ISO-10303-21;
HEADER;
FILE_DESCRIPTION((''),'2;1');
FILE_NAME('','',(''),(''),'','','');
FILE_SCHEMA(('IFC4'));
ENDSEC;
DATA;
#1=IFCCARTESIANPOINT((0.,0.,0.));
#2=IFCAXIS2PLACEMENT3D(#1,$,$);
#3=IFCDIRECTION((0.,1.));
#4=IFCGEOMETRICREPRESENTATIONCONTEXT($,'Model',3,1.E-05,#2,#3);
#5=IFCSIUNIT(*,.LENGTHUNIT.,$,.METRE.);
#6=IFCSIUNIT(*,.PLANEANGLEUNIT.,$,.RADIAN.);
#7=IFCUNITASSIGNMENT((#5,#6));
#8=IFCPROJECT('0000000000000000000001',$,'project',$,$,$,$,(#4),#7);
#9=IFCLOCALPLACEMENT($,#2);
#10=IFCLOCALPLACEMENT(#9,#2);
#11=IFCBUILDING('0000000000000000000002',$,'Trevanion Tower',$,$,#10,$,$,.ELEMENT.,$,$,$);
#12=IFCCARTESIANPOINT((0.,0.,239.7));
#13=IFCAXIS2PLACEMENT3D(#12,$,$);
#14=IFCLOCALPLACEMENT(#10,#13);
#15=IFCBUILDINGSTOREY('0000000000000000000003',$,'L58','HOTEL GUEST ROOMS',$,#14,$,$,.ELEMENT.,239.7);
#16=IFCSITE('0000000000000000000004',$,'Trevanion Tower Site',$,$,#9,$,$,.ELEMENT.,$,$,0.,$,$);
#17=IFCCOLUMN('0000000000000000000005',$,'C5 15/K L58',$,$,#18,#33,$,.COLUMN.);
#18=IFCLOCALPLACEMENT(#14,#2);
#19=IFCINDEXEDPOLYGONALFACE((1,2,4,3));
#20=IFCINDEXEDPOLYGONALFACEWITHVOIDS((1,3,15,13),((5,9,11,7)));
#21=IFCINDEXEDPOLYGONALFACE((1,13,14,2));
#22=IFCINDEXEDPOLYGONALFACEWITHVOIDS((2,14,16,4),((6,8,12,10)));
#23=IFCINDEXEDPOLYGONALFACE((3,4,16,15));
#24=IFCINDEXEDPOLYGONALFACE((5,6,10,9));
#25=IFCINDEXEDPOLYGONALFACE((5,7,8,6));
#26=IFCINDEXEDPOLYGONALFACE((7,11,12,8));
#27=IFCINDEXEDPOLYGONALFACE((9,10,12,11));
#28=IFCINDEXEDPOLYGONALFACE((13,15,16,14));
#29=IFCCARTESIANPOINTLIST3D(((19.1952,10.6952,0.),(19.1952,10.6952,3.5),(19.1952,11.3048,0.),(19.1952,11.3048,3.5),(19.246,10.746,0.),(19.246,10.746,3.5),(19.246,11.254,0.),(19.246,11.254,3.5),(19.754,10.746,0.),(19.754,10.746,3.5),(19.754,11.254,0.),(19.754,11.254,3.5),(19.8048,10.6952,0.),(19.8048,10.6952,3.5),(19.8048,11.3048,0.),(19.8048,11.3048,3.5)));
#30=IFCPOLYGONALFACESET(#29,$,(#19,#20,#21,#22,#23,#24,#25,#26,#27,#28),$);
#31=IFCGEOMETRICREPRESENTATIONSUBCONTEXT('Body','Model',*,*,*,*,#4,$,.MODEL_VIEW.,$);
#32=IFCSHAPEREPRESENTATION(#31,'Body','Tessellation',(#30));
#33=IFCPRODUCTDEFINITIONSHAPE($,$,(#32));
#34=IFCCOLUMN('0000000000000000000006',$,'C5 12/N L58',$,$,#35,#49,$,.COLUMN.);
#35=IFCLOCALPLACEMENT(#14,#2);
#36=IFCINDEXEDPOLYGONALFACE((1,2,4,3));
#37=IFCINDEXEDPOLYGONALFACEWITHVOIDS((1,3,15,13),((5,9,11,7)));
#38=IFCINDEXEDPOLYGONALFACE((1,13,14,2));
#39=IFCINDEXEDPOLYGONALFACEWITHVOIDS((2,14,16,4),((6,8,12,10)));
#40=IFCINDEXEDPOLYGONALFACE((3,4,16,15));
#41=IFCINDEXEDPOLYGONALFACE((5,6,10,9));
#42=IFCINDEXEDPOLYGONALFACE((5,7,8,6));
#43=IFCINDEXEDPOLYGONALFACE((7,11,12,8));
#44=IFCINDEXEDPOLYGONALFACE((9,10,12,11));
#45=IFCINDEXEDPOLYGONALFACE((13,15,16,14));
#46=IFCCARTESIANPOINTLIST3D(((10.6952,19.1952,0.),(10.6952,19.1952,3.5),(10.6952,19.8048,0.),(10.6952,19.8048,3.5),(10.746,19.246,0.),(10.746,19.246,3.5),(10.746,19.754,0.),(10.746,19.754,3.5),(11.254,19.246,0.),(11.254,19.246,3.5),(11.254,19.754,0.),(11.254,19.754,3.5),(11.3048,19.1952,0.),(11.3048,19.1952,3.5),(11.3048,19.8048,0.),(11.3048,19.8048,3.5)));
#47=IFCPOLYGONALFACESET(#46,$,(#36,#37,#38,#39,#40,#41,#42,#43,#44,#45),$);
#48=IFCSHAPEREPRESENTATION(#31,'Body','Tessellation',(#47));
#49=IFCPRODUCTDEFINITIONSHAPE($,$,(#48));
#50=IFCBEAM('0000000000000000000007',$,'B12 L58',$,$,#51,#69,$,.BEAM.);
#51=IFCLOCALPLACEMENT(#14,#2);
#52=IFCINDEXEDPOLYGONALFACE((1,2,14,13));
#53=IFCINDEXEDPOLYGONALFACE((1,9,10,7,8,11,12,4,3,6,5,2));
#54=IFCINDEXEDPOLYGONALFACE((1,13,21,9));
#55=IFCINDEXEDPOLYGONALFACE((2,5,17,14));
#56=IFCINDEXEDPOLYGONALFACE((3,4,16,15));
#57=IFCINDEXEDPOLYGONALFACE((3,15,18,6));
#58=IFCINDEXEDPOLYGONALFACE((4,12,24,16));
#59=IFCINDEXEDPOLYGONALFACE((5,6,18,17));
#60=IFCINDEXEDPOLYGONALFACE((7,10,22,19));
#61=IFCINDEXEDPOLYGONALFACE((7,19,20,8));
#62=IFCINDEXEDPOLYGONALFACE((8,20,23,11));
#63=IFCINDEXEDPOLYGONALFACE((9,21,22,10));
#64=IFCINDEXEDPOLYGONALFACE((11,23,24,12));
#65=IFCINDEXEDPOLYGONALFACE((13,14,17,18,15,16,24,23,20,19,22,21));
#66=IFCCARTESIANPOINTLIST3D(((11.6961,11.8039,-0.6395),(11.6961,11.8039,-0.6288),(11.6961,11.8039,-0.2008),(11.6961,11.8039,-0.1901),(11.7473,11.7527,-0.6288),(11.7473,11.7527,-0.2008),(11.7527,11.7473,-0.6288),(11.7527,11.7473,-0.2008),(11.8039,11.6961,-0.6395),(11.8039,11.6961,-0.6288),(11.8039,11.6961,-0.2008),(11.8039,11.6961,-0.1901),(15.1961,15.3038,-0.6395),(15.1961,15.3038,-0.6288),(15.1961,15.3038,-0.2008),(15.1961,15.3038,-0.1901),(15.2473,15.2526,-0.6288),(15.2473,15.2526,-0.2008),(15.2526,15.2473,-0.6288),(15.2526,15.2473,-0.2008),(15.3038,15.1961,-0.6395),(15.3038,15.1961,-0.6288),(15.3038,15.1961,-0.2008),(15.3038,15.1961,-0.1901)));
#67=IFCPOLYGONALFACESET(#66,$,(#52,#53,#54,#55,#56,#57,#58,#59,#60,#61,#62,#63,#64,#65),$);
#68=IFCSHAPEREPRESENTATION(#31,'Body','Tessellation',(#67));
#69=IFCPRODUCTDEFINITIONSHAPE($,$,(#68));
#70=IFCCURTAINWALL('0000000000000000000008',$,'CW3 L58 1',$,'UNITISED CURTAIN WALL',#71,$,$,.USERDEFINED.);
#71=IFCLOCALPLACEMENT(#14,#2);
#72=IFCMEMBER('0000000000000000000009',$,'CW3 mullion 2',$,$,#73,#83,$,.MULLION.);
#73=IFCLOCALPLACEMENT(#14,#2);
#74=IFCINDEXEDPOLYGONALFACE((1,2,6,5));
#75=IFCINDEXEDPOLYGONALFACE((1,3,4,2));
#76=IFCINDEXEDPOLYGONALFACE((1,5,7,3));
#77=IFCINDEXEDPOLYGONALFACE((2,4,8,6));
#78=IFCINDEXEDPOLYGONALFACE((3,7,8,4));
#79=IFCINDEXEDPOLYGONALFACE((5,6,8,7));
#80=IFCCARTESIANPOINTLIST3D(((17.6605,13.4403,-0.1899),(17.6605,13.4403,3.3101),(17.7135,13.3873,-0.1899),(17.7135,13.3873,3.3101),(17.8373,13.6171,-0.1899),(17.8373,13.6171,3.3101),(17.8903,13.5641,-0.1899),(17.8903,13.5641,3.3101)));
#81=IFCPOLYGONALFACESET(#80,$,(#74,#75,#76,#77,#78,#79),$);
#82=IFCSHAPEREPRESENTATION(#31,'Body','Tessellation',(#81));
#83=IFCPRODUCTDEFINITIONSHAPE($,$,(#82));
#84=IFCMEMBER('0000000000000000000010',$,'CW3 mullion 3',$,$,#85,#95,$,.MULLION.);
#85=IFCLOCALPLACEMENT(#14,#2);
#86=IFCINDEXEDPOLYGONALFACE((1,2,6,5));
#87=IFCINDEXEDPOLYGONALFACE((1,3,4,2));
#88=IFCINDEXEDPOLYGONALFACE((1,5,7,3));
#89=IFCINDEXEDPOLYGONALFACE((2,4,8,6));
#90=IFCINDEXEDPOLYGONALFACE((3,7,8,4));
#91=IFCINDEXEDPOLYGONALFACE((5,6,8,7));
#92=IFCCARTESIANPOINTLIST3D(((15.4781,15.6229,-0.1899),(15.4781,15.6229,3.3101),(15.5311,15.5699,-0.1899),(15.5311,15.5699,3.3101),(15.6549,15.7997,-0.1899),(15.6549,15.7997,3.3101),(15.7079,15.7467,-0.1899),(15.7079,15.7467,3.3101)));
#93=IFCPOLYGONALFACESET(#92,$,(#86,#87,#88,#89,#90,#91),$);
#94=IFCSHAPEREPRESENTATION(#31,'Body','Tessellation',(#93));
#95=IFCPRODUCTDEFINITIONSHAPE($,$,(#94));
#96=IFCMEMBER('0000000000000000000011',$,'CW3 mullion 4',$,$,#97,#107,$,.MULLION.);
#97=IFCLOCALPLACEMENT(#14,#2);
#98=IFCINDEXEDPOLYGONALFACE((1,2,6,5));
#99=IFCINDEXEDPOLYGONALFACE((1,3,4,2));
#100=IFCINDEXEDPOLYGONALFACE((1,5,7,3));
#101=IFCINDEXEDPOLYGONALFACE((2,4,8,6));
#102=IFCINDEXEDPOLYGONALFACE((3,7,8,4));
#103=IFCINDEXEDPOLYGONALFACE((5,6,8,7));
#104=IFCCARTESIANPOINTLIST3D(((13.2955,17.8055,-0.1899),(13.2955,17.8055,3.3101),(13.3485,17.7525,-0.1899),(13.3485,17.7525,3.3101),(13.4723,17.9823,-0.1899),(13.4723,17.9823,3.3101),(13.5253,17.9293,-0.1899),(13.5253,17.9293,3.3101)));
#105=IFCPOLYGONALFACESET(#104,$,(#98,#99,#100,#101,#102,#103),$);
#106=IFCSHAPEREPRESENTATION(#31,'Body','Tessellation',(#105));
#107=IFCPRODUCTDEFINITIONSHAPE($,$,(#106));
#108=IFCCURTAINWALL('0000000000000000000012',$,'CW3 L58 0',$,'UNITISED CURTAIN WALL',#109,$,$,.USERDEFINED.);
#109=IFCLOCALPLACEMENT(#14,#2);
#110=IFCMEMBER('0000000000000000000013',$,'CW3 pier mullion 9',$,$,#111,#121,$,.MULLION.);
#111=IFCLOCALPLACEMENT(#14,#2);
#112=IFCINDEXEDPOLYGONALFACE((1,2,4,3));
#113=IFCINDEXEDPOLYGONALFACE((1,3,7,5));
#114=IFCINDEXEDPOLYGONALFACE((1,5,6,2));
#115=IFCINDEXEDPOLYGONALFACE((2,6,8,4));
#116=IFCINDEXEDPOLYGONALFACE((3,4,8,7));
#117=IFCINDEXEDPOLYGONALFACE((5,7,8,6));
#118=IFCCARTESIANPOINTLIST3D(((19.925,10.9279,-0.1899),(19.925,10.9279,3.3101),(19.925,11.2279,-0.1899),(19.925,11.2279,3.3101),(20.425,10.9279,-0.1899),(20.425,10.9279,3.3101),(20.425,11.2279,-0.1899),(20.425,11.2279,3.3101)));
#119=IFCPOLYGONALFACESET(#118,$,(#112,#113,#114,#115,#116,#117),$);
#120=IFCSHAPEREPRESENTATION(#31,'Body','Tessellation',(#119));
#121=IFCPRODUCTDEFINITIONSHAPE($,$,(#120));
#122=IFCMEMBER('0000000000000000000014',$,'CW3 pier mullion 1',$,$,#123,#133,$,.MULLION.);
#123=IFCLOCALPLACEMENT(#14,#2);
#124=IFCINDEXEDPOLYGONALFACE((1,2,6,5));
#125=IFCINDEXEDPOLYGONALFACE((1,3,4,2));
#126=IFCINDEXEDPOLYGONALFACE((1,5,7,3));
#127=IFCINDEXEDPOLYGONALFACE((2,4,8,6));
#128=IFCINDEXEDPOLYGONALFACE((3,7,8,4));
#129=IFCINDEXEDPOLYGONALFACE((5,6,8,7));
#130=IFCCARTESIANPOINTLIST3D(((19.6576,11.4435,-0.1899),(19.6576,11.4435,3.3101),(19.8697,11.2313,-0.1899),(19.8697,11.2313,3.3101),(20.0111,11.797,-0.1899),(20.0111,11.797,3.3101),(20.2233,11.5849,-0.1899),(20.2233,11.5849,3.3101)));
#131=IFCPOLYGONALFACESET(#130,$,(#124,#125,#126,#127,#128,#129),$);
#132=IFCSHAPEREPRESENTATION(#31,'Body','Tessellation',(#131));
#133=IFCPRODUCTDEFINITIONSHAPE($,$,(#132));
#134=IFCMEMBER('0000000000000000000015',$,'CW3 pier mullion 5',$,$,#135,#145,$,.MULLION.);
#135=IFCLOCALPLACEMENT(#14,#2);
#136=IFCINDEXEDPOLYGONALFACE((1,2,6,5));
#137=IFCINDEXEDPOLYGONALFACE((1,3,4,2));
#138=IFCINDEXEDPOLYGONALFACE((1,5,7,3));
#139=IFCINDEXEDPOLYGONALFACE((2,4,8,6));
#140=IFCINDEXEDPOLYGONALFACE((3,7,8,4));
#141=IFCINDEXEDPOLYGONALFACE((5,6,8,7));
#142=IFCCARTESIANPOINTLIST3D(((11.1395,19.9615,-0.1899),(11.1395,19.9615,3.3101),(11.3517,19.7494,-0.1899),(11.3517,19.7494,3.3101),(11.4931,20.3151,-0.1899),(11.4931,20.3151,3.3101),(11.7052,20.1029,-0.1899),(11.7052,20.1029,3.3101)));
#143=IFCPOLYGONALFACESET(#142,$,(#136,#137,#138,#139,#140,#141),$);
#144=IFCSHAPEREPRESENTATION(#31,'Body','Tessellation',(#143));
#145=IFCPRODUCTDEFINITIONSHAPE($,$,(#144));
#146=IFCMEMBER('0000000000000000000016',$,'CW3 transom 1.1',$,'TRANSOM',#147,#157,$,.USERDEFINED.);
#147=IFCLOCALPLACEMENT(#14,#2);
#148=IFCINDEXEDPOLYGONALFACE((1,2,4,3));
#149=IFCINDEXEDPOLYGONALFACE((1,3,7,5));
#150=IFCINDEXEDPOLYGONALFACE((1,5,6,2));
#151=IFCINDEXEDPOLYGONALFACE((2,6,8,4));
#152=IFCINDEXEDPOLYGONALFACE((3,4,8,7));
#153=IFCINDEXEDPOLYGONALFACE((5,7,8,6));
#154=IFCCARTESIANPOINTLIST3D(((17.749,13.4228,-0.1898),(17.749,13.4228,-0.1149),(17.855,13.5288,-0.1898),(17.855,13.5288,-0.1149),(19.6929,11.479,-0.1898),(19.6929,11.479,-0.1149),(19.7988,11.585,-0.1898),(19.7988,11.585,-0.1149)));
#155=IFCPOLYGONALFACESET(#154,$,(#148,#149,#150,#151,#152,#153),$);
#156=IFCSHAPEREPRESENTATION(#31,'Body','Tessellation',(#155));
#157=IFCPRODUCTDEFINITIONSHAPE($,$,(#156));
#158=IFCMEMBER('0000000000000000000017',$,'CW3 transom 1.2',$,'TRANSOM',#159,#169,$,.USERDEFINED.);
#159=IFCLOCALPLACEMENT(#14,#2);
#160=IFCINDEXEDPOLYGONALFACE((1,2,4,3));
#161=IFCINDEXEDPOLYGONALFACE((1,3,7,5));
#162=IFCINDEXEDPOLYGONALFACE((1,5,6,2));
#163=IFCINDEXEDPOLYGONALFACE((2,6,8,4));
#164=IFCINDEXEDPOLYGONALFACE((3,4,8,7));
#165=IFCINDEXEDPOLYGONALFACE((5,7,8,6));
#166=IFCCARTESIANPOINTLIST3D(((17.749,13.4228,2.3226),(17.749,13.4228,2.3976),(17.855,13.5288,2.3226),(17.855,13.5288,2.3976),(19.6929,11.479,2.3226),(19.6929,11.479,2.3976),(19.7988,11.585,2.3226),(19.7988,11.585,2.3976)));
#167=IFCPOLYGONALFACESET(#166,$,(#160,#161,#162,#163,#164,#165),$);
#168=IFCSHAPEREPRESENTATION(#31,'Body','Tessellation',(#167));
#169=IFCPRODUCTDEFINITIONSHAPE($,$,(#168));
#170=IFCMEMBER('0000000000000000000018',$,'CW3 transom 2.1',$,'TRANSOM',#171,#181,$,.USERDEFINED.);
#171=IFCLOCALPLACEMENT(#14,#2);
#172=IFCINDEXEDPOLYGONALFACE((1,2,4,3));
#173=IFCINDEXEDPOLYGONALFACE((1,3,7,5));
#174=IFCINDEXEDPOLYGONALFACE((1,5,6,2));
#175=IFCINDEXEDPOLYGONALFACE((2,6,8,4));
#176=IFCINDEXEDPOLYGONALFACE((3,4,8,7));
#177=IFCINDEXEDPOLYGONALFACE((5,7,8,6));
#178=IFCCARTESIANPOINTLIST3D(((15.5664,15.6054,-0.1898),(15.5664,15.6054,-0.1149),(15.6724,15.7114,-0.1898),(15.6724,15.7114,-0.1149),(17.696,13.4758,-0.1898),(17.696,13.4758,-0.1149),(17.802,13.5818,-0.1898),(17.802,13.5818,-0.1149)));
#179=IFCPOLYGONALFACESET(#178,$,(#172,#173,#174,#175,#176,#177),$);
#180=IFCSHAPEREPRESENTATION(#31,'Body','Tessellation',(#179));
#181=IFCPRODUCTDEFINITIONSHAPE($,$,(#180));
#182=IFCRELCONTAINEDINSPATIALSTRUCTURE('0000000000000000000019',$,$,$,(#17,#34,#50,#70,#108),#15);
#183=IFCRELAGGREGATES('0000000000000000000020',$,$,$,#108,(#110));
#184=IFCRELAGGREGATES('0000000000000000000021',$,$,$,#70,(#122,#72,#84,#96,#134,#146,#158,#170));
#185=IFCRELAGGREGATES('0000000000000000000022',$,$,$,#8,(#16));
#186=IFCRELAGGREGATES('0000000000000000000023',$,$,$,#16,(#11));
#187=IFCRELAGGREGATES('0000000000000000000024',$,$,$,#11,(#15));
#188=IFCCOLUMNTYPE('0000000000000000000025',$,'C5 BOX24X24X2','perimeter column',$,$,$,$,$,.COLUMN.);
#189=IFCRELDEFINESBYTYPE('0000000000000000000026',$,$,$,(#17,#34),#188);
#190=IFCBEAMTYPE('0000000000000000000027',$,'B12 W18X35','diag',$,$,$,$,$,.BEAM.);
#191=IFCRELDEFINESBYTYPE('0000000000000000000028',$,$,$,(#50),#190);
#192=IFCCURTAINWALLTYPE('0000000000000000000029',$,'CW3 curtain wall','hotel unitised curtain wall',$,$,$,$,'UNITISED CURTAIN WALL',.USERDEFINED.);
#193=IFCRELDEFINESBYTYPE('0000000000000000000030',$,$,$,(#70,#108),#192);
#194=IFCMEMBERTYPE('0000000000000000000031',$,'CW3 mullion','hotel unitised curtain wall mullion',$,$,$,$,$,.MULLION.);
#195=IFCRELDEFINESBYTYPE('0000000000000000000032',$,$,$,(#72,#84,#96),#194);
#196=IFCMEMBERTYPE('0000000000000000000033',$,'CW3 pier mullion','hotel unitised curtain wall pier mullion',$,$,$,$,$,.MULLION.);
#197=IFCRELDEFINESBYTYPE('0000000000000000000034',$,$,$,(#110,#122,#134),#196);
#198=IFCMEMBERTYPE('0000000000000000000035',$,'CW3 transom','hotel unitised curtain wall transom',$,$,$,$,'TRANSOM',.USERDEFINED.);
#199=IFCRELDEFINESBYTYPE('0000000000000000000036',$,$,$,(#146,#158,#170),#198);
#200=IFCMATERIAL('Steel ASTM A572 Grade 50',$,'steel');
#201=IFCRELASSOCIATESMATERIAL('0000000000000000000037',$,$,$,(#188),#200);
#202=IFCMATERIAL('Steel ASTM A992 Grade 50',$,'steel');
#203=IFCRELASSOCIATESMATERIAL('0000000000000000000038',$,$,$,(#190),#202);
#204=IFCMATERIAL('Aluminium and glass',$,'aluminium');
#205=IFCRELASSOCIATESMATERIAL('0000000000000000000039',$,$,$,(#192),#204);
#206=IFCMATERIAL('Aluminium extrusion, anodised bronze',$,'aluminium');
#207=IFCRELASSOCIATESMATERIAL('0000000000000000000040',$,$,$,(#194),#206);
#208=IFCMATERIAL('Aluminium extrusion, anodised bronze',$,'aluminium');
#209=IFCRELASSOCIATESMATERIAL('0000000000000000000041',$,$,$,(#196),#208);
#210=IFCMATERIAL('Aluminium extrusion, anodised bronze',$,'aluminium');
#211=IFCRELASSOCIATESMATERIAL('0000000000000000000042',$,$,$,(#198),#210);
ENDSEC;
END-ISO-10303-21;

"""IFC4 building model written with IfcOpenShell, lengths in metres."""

from ifc_helpers import new_model, si_unit, direction, frame, origin, origin_2d, place, context, subcontext, project, spatial, rectangle, hollow_rectangle, i_section, extrude, material, material_profile, profile_set, type_object, element, aggregate, save


model = new_model("IFC4")

# Units and contexts
model_context = context("Model", 3, precision=1e-05, world=origin(), true_north=direction((0.0, 1.0)))
body_context = subcontext(model_context, "Body", "Model", "MODEL_VIEW")
ifc_project = project(units=[si_unit("LENGTHUNIT", "METRE"), si_unit("PLANEANGLEUNIT", "RADIAN")], contexts=[model_context])

# Site, building, storey
site_placement = place(None, origin())
site = spatial("IfcSite", under=ifc_project, at=site_placement, Name="Trevanion Tower Site", CompositionType="ELEMENT", RefElevation=0.0)
building_placement = place(site_placement, origin())
building = spatial("IfcBuilding", under=site, at=building_placement, Name="Trevanion Tower", CompositionType="ELEMENT")
storey_placement = place(building_placement, frame((0.0, 0.0, 239.7)))
storey = spatial("IfcBuildingStorey", under=building, at=storey_placement, Name="L58", Description="HOTEL GUEST ROOMS", CompositionType="ELEMENT", Elevation=239.7)

# Columns
ifc_material_1 = material(Name="Steel ASTM A572 Grade 50", Category="steel")
ifc_material_profile_1 = material_profile(ifc_material_1, hollow_rectangle(XDim=0.6096, YDim=0.6096, WallThickness=0.0508, at=origin_2d()), Name="BOX24X24X2")
ifc_profile_set_1 = profile_set([ifc_material_profile_1], Name="Steel ASTM A572 Grade 50")
column_type = type_object("IfcColumnType", Name="C5 BOX24X24X2", Description="perimeter column", PredefinedType="COLUMN", material=ifc_profile_set_1)
for number, where, z_axis, x_axis, name in (
    (1, (19.5, 11.0, 0.0), (0.0, 0.0, 1.0), (0.0, 1.0, 0.0), "C5 15/K L58"),
    (2, (11.0, 19.5, 0.0), (0.0, 0.0, 1.0), (1.0, 0.0, 0.0), "C5 12/N L58"),
):
    element("IfcColumn", number, at=place(storey_placement, frame(where, z_axis=z_axis, x_axis=x_axis)), inside=storey, type_object=column_type, Name=name, PredefinedType="COLUMN", context=body_context, shape_type="SweptSolid", body=[
        extrude(hollow_rectangle(XDim=0.6096, YDim=0.6096, WallThickness=0.0508, at=origin_2d()), origin(), (0.0, 0.0, 1.0), 3.5),
    ])

# Beam
ifc_material_2 = material(Name="Steel ASTM A992 Grade 50", Category="steel")
ifc_material_profile_2 = material_profile(ifc_material_2, i_section(OverallWidth=0.1523, OverallDepth=0.4495, WebThickness=0.0076, FlangeThickness=0.0107, at=origin_2d()), Name="W18X35")
ifc_profile_set_2 = profile_set([ifc_material_profile_2], Name="Steel ASTM A992 Grade 50")
beam_type_1 = type_object("IfcBeamType", Name="B12 W18X35", Description="diag", PredefinedType="BEAM", material=ifc_profile_set_2)
beam_1_placement = place(storey_placement, frame((11.75, 11.75, -0.4148), z_axis=(0.707107, 0.707107, 0.0), x_axis=(-0.707107, 0.707107, 0.0)))
element("IfcBeam", 3, at=beam_1_placement, inside=storey, type_object=beam_type_1, Name="B12 L58", PredefinedType="BEAM", context=body_context, shape_type="SweptSolid", body=[
    extrude(i_section(OverallWidth=0.1523, OverallDepth=0.4495, WebThickness=0.0076, FlangeThickness=0.0107, at=origin_2d()), origin(), (0.0, 0.0, 1.0), 4.9497),
])

# Curtain wall, members
ifc_material_3 = material(Name="Aluminium and glass", Category="aluminium")
curtain_wall_type = type_object("IfcCurtainWallType", Name="CW3 curtain wall", Description="hotel unitised curtain wall", ElementType="UNITISED CURTAIN WALL", PredefinedType="USERDEFINED", material=ifc_material_3)
curtain_wall_1_placement = place(storey_placement, origin())
curtain_wall_1 = element("IfcCurtainWall", 4, at=curtain_wall_1_placement, inside=storey, type_object=curtain_wall_type, Name="CW3 L58 1", ObjectType="UNITISED CURTAIN WALL", PredefinedType="USERDEFINED")
ifc_material_4 = material(Name="Aluminium extrusion, anodised bronze", Category="aluminium")
ifc_material_profile_3 = material_profile(ifc_material_4, rectangle(XDim=0.075, YDim=0.25, at=origin_2d()), Name="CW3 mullion")
ifc_profile_set_3 = profile_set([ifc_material_profile_3], Name="Aluminium extrusion, anodised bronze")
member_type_1 = type_object("IfcMemberType", Name="CW3 mullion", Description="hotel unitised curtain wall mullion", PredefinedType="MULLION", material=ifc_profile_set_3)
member_1_placement = place(storey_placement, frame((17.7754, 13.5022, -0.1899), z_axis=(0.0, 0.0, 1.0), x_axis=(-0.707107, 0.707107, 0.0)))
member_1 = element("IfcMember", 5, at=member_1_placement, type_object=member_type_1, Name="CW3 mullion 2", PredefinedType="MULLION", context=body_context, shape_type="SweptSolid", body=[
    extrude(rectangle(XDim=0.075, YDim=0.25, at=origin_2d()), origin(), (0.0, 0.0, 1.0), 3.5),
])
member_2_placement = place(storey_placement, frame((15.593, 15.6848, -0.1899), z_axis=(0.0, 0.0, 1.0), x_axis=(-0.707107, 0.707107, 0.0)))
member_2 = element("IfcMember", 6, at=member_2_placement, type_object=member_type_1, Name="CW3 mullion 3", PredefinedType="MULLION", context=body_context, shape_type="SweptSolid", body=[
    extrude(rectangle(XDim=0.075, YDim=0.25, at=origin_2d()), origin(), (0.0, 0.0, 1.0), 3.5),
])
member_3_placement = place(storey_placement, frame((13.4104, 17.8674, -0.1899), z_axis=(0.0, 0.0, 1.0), x_axis=(-0.707107, 0.707107, 0.0)))
member_3 = element("IfcMember", 7, at=member_3_placement, type_object=member_type_1, Name="CW3 mullion 4", PredefinedType="MULLION", context=body_context, shape_type="SweptSolid", body=[
    extrude(rectangle(XDim=0.075, YDim=0.25, at=origin_2d()), origin(), (0.0, 0.0, 1.0), 3.5),
])

# Curtain wall, member
curtain_wall_2_placement = place(storey_placement, origin())
curtain_wall_2 = element("IfcCurtainWall", 8, at=curtain_wall_2_placement, inside=storey, type_object=curtain_wall_type, Name="CW3 L58 0", ObjectType="UNITISED CURTAIN WALL", PredefinedType="USERDEFINED")
ifc_material_5 = material(Name="Aluminium extrusion, anodised bronze", Category="aluminium")
ifc_material_profile_4 = material_profile(ifc_material_5, rectangle(XDim=0.3, YDim=0.5, at=origin_2d()), Name="CW3 pier mullion")
ifc_profile_set_4 = profile_set([ifc_material_profile_4], Name="Aluminium extrusion, anodised bronze")
member_type_2 = type_object("IfcMemberType", Name="CW3 pier mullion", Description="hotel unitised curtain wall pier mullion", PredefinedType="MULLION", material=ifc_profile_set_4)
member_4_placement = place(storey_placement, frame((20.175, 11.0779, -0.1899), z_axis=(0.0, 0.0, 1.0), x_axis=(0.0, 1.0, 0.0)))
member_4 = element("IfcMember", 9, at=member_4_placement, type_object=member_type_2, Name="CW3 pier mullion 9", PredefinedType="MULLION", context=body_context, shape_type="SweptSolid", body=[
    extrude(rectangle(XDim=0.3, YDim=0.5, at=origin_2d()), origin(), (0.0, 0.0, 1.0), 3.5),
])
aggregate(curtain_wall_2, [member_4])

# Members
member_5_placement = place(storey_placement, frame((19.9404, 11.5142, -0.1899), z_axis=(0.0, 0.0, 1.0), x_axis=(-0.707107, 0.707107, 0.0)))
member_5 = element("IfcMember", 10, at=member_5_placement, type_object=member_type_2, Name="CW3 pier mullion 1", PredefinedType="MULLION", context=body_context, shape_type="SweptSolid", body=[
    extrude(rectangle(XDim=0.3, YDim=0.5, at=origin_2d()), origin(), (0.0, 0.0, 1.0), 3.5),
])
member_6_placement = place(storey_placement, frame((11.4224, 20.0322, -0.1899), z_axis=(0.0, 0.0, 1.0), x_axis=(-0.707107, 0.707107, 0.0)))
member_6 = element("IfcMember", 11, at=member_6_placement, type_object=member_type_2, Name="CW3 pier mullion 5", PredefinedType="MULLION", context=body_context, shape_type="SweptSolid", body=[
    extrude(rectangle(XDim=0.3, YDim=0.5, at=origin_2d()), origin(), (0.0, 0.0, 1.0), 3.5),
])
ifc_material_6 = material(Name="Aluminium extrusion, anodised bronze", Category="aluminium")
ifc_material_profile_5 = material_profile(ifc_material_6, rectangle(XDim=0.1499, YDim=0.075, at=origin_2d()), Name="CW3 transom")
ifc_profile_set_5 = profile_set([ifc_material_profile_5], Name="Aluminium extrusion, anodised bronze")
member_type_3 = type_object("IfcMemberType", Name="CW3 transom", Description="hotel unitised curtain wall transom", ElementType="TRANSOM", PredefinedType="USERDEFINED", material=ifc_profile_set_5)
member_7_placement = place(storey_placement, frame((19.7458, 11.532, -0.1523), z_axis=(-0.707107, 0.707107, 0.0), x_axis=(-0.707107, -0.707107, 0.0)))
member_7 = element("IfcMember", 12, at=member_7_placement, type_object=member_type_3, Name="CW3 transom 1.1", ObjectType="TRANSOM", PredefinedType="USERDEFINED", context=body_context, shape_type="SweptSolid", body=[
    extrude(rectangle(XDim=0.1499, YDim=0.075, at=origin_2d()), origin(), (0.0, 0.0, 1.0), 2.749),
])
member_8_placement = place(storey_placement, frame((19.7458, 11.532, 2.3601), z_axis=(-0.707107, 0.707107, 0.0), x_axis=(-0.707107, -0.707107, 0.0)))
member_8 = element("IfcMember", 13, at=member_8_placement, type_object=member_type_3, Name="CW3 transom 1.2", ObjectType="TRANSOM", PredefinedType="USERDEFINED", context=body_context, shape_type="SweptSolid", body=[
    extrude(rectangle(XDim=0.1499, YDim=0.075, at=origin_2d()), origin(), (0.0, 0.0, 1.0), 2.749),
])
member_9_placement = place(storey_placement, frame((17.749, 13.5288, -0.1523), z_axis=(-0.707107, 0.707107, 0.0), x_axis=(-0.707107, -0.707107, 0.0)))
member_9 = element("IfcMember", 14, at=member_9_placement, type_object=member_type_3, Name="CW3 transom 2.1", ObjectType="TRANSOM", PredefinedType="USERDEFINED", context=body_context, shape_type="SweptSolid", body=[
    extrude(rectangle(XDim=0.1499, YDim=0.075, at=origin_2d()), origin(), (0.0, 0.0, 1.0), 3.0117),
])

aggregate(curtain_wall_1, [member_5, member_1, member_2, member_3, member_6, member_7, member_8, member_9])

save(model, "model.ifc")
